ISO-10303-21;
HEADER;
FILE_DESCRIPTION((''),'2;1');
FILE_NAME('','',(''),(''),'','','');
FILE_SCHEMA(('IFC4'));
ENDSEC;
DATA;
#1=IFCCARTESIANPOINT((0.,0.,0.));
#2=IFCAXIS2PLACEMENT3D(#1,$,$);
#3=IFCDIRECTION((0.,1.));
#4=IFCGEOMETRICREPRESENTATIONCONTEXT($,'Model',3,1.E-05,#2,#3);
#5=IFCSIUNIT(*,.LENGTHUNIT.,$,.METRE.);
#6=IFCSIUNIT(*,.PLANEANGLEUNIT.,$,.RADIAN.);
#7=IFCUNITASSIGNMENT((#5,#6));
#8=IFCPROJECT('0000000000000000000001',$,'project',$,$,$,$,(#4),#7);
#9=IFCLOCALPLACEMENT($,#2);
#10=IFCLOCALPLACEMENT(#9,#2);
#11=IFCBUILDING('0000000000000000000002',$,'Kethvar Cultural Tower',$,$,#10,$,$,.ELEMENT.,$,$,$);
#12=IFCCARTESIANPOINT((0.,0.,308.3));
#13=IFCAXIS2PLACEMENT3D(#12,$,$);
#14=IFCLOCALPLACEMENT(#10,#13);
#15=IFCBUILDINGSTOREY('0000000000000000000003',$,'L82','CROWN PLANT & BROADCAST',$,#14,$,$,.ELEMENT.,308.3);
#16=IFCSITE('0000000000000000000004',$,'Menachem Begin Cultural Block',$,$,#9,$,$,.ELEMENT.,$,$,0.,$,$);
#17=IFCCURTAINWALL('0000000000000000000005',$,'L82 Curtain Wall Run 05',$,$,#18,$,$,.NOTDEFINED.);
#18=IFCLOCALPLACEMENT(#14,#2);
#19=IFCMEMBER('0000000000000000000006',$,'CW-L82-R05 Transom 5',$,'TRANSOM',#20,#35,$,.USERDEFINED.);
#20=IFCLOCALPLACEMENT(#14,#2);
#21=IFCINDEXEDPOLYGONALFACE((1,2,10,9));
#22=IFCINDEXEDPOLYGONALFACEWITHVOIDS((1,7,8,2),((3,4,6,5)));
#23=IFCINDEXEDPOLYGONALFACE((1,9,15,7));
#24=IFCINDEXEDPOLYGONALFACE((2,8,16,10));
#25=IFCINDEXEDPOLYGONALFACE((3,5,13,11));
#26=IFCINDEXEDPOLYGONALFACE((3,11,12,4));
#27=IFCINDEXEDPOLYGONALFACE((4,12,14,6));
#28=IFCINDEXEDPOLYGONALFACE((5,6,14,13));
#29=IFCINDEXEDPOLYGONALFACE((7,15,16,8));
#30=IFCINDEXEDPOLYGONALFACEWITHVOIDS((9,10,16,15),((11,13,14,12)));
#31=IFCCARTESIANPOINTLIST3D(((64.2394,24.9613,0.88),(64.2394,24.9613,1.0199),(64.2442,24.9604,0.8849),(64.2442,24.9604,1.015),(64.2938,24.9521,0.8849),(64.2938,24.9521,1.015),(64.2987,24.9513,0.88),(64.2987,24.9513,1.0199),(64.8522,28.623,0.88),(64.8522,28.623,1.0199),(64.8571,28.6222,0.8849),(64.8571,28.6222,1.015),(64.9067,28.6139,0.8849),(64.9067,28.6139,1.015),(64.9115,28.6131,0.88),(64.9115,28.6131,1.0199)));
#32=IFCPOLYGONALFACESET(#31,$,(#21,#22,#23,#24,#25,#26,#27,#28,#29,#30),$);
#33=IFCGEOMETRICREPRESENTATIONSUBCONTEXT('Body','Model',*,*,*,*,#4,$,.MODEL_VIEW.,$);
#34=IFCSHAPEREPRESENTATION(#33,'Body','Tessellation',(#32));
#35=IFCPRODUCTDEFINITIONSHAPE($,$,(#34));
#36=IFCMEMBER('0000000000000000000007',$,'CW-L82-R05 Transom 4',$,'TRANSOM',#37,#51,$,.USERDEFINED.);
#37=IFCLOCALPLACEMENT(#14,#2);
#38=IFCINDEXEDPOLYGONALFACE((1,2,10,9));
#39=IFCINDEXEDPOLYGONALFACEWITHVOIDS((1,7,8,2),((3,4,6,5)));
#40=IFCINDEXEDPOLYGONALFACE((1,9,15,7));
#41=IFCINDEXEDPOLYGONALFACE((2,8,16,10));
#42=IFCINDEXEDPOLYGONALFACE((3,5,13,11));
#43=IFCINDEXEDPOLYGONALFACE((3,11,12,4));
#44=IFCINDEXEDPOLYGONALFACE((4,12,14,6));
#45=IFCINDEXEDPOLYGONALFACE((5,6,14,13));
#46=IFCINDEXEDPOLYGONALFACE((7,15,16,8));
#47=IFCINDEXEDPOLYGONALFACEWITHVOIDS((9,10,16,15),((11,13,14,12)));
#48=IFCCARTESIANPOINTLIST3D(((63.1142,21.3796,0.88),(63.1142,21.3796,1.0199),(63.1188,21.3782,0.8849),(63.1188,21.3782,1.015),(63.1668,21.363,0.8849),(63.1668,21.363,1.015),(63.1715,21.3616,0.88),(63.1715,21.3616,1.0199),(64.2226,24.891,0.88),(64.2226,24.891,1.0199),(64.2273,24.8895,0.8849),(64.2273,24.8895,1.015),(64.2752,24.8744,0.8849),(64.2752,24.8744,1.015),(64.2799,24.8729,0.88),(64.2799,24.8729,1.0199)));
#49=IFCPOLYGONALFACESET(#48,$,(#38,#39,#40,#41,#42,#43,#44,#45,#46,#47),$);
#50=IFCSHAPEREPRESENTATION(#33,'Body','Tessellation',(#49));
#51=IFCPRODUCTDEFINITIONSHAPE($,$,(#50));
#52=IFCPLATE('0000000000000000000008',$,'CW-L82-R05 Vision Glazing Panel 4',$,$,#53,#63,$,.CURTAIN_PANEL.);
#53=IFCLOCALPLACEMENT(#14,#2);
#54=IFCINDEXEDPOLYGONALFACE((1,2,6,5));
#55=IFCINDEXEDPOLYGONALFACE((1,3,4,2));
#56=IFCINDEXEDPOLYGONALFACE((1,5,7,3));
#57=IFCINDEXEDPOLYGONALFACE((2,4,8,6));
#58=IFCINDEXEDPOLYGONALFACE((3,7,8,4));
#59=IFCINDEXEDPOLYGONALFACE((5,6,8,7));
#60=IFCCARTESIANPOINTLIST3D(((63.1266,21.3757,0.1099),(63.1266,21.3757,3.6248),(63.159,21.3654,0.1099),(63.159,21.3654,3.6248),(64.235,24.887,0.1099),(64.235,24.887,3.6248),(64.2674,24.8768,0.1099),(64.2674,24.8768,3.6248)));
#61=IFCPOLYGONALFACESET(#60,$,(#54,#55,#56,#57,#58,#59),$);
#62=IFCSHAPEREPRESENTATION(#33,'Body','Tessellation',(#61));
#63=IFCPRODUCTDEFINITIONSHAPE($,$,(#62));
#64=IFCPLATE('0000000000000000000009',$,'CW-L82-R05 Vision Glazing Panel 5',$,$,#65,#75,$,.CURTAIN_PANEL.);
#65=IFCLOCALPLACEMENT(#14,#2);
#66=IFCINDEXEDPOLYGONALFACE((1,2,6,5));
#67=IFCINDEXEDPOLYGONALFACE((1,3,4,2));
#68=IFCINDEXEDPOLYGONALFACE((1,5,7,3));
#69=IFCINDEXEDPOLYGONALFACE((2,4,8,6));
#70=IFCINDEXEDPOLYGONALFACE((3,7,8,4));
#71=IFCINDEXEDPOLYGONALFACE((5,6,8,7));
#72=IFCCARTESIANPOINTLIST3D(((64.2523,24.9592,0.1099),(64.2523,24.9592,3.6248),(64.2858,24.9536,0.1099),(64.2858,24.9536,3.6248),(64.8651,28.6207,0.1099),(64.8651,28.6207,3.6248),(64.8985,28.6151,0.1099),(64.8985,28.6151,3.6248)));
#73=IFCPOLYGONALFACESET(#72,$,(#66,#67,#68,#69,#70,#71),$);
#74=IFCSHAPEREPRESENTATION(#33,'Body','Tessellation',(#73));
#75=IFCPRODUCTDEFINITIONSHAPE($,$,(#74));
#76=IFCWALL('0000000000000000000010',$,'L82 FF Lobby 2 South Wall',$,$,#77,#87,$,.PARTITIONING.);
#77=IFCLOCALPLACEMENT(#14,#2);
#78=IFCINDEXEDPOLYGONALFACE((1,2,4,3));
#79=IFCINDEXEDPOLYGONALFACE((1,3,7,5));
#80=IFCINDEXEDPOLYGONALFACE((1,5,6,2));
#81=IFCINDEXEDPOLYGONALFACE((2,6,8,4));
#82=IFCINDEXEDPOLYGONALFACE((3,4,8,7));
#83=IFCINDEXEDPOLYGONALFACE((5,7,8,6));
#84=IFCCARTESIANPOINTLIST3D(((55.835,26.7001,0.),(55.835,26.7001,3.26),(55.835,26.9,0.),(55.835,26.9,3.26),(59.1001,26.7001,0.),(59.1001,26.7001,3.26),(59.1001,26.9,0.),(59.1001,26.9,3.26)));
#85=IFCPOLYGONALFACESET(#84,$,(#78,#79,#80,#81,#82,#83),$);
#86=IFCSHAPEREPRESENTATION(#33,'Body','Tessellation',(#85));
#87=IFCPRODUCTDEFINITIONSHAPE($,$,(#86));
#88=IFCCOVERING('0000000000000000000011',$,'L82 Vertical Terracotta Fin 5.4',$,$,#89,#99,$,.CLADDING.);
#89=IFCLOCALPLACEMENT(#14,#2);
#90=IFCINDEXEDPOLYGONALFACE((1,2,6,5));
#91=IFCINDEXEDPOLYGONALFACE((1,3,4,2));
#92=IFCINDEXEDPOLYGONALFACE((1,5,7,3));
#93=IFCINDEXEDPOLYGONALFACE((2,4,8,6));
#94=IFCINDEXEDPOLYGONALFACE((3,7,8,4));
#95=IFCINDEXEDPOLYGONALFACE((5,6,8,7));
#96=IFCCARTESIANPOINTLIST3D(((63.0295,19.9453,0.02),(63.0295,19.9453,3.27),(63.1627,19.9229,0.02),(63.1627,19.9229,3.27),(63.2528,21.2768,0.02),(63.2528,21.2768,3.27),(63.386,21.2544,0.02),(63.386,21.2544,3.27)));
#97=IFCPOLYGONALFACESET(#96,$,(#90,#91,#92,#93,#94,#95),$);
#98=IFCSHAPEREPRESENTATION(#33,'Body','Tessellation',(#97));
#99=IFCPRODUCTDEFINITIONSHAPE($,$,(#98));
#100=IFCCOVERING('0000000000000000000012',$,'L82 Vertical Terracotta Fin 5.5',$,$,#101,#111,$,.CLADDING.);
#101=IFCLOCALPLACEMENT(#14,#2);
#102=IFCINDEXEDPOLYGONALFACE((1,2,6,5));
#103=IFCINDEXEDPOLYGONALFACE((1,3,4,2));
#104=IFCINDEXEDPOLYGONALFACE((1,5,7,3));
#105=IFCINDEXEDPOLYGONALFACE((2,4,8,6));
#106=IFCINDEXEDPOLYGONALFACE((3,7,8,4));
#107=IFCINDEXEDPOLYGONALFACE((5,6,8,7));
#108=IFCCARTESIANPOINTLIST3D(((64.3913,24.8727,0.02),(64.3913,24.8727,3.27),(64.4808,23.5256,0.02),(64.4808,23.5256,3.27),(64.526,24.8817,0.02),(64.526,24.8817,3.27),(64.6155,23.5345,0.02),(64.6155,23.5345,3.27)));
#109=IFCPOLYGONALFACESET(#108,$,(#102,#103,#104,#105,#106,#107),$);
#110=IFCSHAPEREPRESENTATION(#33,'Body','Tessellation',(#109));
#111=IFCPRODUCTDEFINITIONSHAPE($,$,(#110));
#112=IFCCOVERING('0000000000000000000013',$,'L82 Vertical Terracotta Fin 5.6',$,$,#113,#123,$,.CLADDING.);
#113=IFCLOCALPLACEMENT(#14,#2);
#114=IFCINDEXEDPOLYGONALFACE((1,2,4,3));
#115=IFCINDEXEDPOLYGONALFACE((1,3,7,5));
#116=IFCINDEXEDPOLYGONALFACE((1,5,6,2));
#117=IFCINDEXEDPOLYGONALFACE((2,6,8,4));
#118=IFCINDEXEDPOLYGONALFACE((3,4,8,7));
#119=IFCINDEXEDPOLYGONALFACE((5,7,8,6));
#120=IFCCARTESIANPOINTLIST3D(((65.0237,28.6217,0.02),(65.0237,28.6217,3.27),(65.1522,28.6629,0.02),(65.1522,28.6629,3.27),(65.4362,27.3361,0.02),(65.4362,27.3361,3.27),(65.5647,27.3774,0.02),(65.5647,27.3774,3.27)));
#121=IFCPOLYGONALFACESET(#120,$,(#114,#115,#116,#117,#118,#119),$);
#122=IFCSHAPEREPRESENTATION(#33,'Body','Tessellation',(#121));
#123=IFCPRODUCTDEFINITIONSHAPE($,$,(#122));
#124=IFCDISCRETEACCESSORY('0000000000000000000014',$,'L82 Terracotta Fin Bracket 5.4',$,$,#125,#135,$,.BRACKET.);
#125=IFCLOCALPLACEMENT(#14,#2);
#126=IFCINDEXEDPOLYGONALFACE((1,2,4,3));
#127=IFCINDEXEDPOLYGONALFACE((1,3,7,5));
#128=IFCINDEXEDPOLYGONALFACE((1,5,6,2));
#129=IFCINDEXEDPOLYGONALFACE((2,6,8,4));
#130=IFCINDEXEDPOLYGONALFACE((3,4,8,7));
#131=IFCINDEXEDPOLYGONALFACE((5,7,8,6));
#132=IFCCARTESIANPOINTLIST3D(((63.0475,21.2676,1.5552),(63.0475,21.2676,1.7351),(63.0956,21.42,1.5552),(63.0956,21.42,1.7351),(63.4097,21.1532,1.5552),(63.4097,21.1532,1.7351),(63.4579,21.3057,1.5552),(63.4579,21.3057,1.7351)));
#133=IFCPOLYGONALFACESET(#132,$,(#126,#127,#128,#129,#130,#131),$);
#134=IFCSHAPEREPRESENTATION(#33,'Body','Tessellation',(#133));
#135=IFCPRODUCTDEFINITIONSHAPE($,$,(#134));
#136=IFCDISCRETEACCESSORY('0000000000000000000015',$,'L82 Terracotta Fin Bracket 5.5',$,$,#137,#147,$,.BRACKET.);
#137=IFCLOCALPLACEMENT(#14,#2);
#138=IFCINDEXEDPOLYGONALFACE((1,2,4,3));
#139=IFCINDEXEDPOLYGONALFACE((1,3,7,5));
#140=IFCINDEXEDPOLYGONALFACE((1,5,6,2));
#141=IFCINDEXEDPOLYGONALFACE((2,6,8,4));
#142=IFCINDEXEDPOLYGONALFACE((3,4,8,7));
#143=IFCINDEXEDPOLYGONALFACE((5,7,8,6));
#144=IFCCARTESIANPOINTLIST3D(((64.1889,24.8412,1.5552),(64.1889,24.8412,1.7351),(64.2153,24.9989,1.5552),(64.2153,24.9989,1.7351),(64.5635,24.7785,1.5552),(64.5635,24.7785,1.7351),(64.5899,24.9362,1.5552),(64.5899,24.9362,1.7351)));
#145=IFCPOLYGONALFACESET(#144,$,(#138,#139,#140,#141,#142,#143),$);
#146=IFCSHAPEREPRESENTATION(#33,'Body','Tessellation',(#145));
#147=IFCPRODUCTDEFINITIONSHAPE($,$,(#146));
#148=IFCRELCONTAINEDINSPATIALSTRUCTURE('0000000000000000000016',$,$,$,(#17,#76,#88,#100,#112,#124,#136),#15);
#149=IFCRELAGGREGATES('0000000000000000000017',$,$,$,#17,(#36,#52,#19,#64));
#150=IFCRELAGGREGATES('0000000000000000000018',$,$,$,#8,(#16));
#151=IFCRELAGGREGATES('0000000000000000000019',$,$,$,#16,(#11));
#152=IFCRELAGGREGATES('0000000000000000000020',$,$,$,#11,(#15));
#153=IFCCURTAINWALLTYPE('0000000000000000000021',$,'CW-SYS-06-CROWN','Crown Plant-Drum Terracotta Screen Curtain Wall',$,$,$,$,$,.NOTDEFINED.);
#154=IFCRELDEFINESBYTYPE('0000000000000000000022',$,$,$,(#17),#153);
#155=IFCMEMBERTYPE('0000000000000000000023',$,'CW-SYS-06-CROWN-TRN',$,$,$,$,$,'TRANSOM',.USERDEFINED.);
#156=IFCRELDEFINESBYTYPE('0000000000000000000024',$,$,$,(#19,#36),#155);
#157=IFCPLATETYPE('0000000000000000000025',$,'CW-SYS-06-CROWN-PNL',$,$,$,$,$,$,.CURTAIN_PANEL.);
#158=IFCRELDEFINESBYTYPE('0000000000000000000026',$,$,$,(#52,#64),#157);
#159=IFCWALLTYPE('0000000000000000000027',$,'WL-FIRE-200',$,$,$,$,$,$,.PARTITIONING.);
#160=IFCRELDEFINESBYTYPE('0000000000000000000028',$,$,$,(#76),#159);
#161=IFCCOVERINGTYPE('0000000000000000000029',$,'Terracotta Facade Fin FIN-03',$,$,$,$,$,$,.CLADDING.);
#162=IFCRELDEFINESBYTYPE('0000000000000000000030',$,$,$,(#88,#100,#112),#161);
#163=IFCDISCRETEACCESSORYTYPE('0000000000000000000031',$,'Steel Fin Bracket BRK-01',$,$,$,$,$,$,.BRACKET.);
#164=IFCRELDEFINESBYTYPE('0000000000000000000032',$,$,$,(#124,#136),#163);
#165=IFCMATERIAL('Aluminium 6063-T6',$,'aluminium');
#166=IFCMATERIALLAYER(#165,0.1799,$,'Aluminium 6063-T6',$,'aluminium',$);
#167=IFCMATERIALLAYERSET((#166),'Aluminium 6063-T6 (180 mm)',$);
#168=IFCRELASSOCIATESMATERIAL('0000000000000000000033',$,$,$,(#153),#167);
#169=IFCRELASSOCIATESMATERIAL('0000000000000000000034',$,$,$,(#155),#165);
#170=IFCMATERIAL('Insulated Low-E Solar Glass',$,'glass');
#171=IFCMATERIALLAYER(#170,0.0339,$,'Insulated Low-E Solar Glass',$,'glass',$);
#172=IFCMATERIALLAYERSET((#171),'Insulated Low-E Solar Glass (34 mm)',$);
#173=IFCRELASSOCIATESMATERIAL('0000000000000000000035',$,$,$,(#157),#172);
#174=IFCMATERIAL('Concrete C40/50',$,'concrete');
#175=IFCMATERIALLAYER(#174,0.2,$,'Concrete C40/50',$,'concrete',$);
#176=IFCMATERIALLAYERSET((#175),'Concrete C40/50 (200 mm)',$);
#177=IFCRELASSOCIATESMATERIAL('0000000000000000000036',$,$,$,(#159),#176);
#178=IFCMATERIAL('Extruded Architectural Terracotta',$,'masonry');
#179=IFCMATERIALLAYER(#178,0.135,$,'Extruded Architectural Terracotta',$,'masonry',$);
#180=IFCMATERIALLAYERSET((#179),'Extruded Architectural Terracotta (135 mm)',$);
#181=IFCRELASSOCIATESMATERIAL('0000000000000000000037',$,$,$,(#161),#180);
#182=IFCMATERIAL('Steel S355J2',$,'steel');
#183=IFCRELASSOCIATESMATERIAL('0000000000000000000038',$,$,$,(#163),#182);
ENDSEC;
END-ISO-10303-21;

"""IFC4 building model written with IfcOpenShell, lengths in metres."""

from ifc_helpers import new_model, si_unit, direction, frame, frame_2d, origin, origin_2d, place, context, subcontext, project, spatial, rectangle, hollow_rectangle, extrude, source, transform, mapped, material, layer, layer_set, material_profile, profile_set, type_object, element, aggregate, save


model = new_model("IFC4")

# Units and contexts
model_context = context("Model", 3, precision=1e-05, world=origin(), true_north=direction((0.0, 1.0)))
body_context = subcontext(model_context, "Body", "Model", "MODEL_VIEW")
ifc_project = project(units=[si_unit("LENGTHUNIT", "METRE"), si_unit("PLANEANGLEUNIT", "RADIAN")], contexts=[model_context])

# Site, building, storey
site_placement = place(None, origin())
site = spatial("IfcSite", under=ifc_project, at=site_placement, Name="Menachem Begin Cultural Block", CompositionType="ELEMENT", RefElevation=0.0)
building_placement = place(site_placement, origin())
building = spatial("IfcBuilding", under=site, at=building_placement, Name="Kethvar Cultural Tower", CompositionType="ELEMENT")
storey_placement = place(building_placement, frame((0.0, 0.0, 308.3)))
storey = spatial("IfcBuildingStorey", under=building, at=storey_placement, Name="L82", Description="CROWN PLANT & BROADCAST", CompositionType="ELEMENT", Elevation=308.3)

# Shared definitions
ifc_material_1 = material(Name="Steel S355J2", Category="steel")

# Curtain wall, members, plates
ifc_material_2 = material(Name="Aluminium 6063-T6", Category="aluminium")
ifc_layer_1 = layer(ifc_material_2, 0.1799, Name="Aluminium 6063-T6", Category="aluminium")
ifc_layer_set_1 = layer_set([ifc_layer_1], Name="Aluminium 6063-T6 (180 mm)")
curtain_wall_type = type_object("IfcCurtainWallType", Name="CW-SYS-06-CROWN", Description="Crown Plant-Drum Terracotta Screen Curtain Wall", PredefinedType="NOTDEFINED", material=ifc_layer_set_1)
curtain_wall_placement = place(storey_placement, origin())
curtain_wall = element("IfcCurtainWall", 1, at=curtain_wall_placement, inside=storey, type_object=curtain_wall_type, Name="L82 Curtain Wall Run 05", PredefinedType="NOTDEFINED")
ifc_material_profile_1 = material_profile(ifc_material_2, hollow_rectangle(XDim=0.0601, YDim=0.1399, WallThickness=0.0049, at=origin_2d()), Name="Aluminium 6063-T6 — RHS140x60x5")
ifc_profile_set_1 = profile_set([ifc_material_profile_1], Name="Aluminium 6063-T6 — RHS140x60x5")
member_type_1 = type_object("IfcMemberType", Name="CW-SYS-06-CROWN-TRN", ElementType="TRANSOM", PredefinedType="USERDEFINED", material=ifc_profile_set_1)
shared_shape_1 = source(origin(), body_context, "Body", "SweptSolid", [
    extrude(hollow_rectangle(XDim=0.0601, YDim=0.1399, WallThickness=0.0049, at=origin_2d()), origin(), (0.0, 0.0, 1.0), 3.7126),
])
member_1_placement = place(storey_placement, frame((64.269, 24.9563, 0.95), z_axis=(0.16506, 0.986284, 0.0), x_axis=(-0.986284, 0.16506, 0.0)))
member_1 = element("IfcMember", 2, at=member_1_placement, type_object=member_type_1, Name="CW-L82-R05 Transom 5", ObjectType="TRANSOM", PredefinedType="USERDEFINED", context=body_context, shape_type="MappedRepresentation", body=[
    mapped(shared_shape_1, transform((0.0, 0.0, 0.0), scale=1.0)),
])
shared_shape_2 = source(origin(), body_context, "Body", "SweptSolid", [
    extrude(hollow_rectangle(XDim=0.0601, YDim=0.1399, WallThickness=0.0049, at=origin_2d()), origin(), (0.0, 0.0, 1.0), 3.6821),
])
member_2_placement = place(storey_placement, frame((63.1428, 21.3706, 0.95), z_axis=(0.30103, 0.953615, 0.0), x_axis=(-0.953615, 0.30103, 0.0)))
member_2 = element("IfcMember", 3, at=member_2_placement, type_object=member_type_1, Name="CW-L82-R05 Transom 4", ObjectType="TRANSOM", PredefinedType="USERDEFINED", context=body_context, shape_type="MappedRepresentation", body=[
    mapped(shared_shape_2, transform((0.0, 0.0, 0.0), scale=1.0)),
])
ifc_material_3 = material(Name="Insulated Low-E Solar Glass", Category="glass")
ifc_layer_2 = layer(ifc_material_3, 0.0339, Name="Insulated Low-E Solar Glass", Category="glass")
ifc_layer_set_2 = layer_set([ifc_layer_2], Name="Insulated Low-E Solar Glass (34 mm)")
plate_type = type_object("IfcPlateType", Name="CW-SYS-06-CROWN-PNL", PredefinedType="CURTAIN_PANEL", material=ifc_layer_set_2)
shared_shape_3 = source(origin(), body_context, "Body", "SweptSolid", [
    extrude(rectangle(XDim=3.6821, YDim=0.0339, at=origin_2d()), origin(), (0.0, 0.0, 1.0), 3.5149),
])
plate_1_placement = place(storey_placement, frame((63.697, 23.1262, 0.1099), z_axis=(0.0, 0.0, 1.0), x_axis=(0.301022, 0.953617, 0.0)))
plate_1 = element("IfcPlate", 4, at=plate_1_placement, type_object=plate_type, Name="CW-L82-R05 Vision Glazing Panel 4", PredefinedType="CURTAIN_PANEL", context=body_context, shape_type="MappedRepresentation", body=[
    mapped(shared_shape_3, transform((0.0, 0.0, 0.0), scale=1.0)),
])
shared_shape_4 = source(origin(), body_context, "Body", "SweptSolid", [
    extrude(rectangle(XDim=3.7124, YDim=0.0339, at=origin_2d()), origin(), (0.0, 0.0, 1.0), 3.5149),
])
plate_2_placement = place(storey_placement, frame((64.5754, 26.7871, 0.1099), z_axis=(0.0, 0.0, 1.0), x_axis=(0.165048, 0.986286, 0.0)))
plate_2 = element("IfcPlate", 5, at=plate_2_placement, type_object=plate_type, Name="CW-L82-R05 Vision Glazing Panel 5", PredefinedType="CURTAIN_PANEL", context=body_context, shape_type="MappedRepresentation", body=[
    mapped(shared_shape_4, transform((0.0, 0.0, 0.0), scale=1.0)),
])
aggregate(curtain_wall, [member_2, plate_1, member_1, plate_2])

# Shared definitions
ifc_material_4 = material(Name="Concrete C40/50", Category="concrete")
ifc_layer_3 = layer(ifc_material_4, 0.2, Name="Concrete C40/50", Category="concrete")
ifc_layer_set_3 = layer_set([ifc_layer_3], Name="Concrete C40/50 (200 mm)")
wall_type = type_object("IfcWallType", Name="WL-FIRE-200", PredefinedType="PARTITIONING", material=ifc_layer_set_3)

# Wall
wall_1_placement = place(storey_placement, frame((55.835, 26.8, 0.0), z_axis=(0.0, 0.0, 1.0), x_axis=(1.0, 0.0, 0.0)))
element("IfcWall", 6, at=wall_1_placement, inside=storey, type_object=wall_type, Name="L82 FF Lobby 2 South Wall", PredefinedType="PARTITIONING", context=body_context, shape_type="SweptSolid", body=[
    extrude(rectangle(XDim=3.2651, YDim=0.2, at=frame_2d((1.6326, 0.0))), origin(), (0.0, 0.0, 1.0), 3.26),
])

# Coverings
ifc_material_5 = material(Name="Extruded Architectural Terracotta", Category="masonry")
ifc_layer_4 = layer(ifc_material_5, 0.135, Name="Extruded Architectural Terracotta", Category="masonry")
ifc_layer_set_4 = layer_set([ifc_layer_4], Name="Extruded Architectural Terracotta (135 mm)")
covering_type = type_object("IfcCoveringType", Name="Terracotta Facade Fin FIN-03", PredefinedType="CLADDING", material=ifc_layer_set_4)
shared_shape_5 = source(origin(), body_context, "Body", "SweptSolid", [
    extrude(rectangle(XDim=1.3501, YDim=0.135, at=origin_2d()), origin(), (0.0, 0.0, 1.0), 3.25),
])
for number, where, z_axis, x_axis, name in (
    (7, (63.2078, 20.5999, 0.02), (0.0, 0.0, 1.0), (-0.165392, -0.986228, 0.0), "L82 Vertical Terracotta Fin 5.4"),
    (8, (64.5034, 24.2036, 0.02), (0.0, 0.0, 1.0), (0.066274, -0.997801, 0.0), "L82 Vertical Terracotta Fin 5.5"),
    (9, (65.2942, 27.9995, 0.02), (0.0, 0.0, 1.0), (0.305529, -0.952183, 0.0), "L82 Vertical Terracotta Fin 5.6"),
):
    element("IfcCovering", number, at=place(storey_placement, frame(where, z_axis=z_axis, x_axis=x_axis)), inside=storey, type_object=covering_type, Name=name, PredefinedType="CLADDING", context=body_context, shape_type="MappedRepresentation", body=[
        mapped(shared_shape_5, transform((0.0, 0.0, 0.0), scale=1.0)),
    ])

# Discrete accessories
discrete_accessory_type = type_object("IfcDiscreteAccessoryType", Name="Steel Fin Bracket BRK-01", PredefinedType="BRACKET", material=ifc_material_1)
shared_shape_6 = source(origin(), body_context, "Body", "SweptSolid", [
    extrude(rectangle(XDim=0.3799, YDim=0.1599, at=origin_2d()), origin(), (0.0, 0.0, 1.0), 0.1799),
])
for number, where, z_axis, x_axis, name in (
    (10, (63.2527, 21.2866, 1.5552), (0.0, 0.0, 1.0), (0.953612, -0.301039, 0.0), "L82 Terracotta Fin Bracket 5.4"),
    (11, (64.3894, 24.8887, 1.5552), (0.0, 0.0, 1.0), (0.986286, -0.165048, 0.0), "L82 Terracotta Fin Bracket 5.5"),
):
    element("IfcDiscreteAccessory", number, at=place(storey_placement, frame(where, z_axis=z_axis, x_axis=x_axis)), inside=storey, type_object=discrete_accessory_type, Name=name, PredefinedType="BRACKET", context=body_context, shape_type="MappedRepresentation", body=[
        mapped(shared_shape_6, transform((0.0, 0.0, 0.0), scale=1.0)),
    ])

save(model, "model.ifc")
